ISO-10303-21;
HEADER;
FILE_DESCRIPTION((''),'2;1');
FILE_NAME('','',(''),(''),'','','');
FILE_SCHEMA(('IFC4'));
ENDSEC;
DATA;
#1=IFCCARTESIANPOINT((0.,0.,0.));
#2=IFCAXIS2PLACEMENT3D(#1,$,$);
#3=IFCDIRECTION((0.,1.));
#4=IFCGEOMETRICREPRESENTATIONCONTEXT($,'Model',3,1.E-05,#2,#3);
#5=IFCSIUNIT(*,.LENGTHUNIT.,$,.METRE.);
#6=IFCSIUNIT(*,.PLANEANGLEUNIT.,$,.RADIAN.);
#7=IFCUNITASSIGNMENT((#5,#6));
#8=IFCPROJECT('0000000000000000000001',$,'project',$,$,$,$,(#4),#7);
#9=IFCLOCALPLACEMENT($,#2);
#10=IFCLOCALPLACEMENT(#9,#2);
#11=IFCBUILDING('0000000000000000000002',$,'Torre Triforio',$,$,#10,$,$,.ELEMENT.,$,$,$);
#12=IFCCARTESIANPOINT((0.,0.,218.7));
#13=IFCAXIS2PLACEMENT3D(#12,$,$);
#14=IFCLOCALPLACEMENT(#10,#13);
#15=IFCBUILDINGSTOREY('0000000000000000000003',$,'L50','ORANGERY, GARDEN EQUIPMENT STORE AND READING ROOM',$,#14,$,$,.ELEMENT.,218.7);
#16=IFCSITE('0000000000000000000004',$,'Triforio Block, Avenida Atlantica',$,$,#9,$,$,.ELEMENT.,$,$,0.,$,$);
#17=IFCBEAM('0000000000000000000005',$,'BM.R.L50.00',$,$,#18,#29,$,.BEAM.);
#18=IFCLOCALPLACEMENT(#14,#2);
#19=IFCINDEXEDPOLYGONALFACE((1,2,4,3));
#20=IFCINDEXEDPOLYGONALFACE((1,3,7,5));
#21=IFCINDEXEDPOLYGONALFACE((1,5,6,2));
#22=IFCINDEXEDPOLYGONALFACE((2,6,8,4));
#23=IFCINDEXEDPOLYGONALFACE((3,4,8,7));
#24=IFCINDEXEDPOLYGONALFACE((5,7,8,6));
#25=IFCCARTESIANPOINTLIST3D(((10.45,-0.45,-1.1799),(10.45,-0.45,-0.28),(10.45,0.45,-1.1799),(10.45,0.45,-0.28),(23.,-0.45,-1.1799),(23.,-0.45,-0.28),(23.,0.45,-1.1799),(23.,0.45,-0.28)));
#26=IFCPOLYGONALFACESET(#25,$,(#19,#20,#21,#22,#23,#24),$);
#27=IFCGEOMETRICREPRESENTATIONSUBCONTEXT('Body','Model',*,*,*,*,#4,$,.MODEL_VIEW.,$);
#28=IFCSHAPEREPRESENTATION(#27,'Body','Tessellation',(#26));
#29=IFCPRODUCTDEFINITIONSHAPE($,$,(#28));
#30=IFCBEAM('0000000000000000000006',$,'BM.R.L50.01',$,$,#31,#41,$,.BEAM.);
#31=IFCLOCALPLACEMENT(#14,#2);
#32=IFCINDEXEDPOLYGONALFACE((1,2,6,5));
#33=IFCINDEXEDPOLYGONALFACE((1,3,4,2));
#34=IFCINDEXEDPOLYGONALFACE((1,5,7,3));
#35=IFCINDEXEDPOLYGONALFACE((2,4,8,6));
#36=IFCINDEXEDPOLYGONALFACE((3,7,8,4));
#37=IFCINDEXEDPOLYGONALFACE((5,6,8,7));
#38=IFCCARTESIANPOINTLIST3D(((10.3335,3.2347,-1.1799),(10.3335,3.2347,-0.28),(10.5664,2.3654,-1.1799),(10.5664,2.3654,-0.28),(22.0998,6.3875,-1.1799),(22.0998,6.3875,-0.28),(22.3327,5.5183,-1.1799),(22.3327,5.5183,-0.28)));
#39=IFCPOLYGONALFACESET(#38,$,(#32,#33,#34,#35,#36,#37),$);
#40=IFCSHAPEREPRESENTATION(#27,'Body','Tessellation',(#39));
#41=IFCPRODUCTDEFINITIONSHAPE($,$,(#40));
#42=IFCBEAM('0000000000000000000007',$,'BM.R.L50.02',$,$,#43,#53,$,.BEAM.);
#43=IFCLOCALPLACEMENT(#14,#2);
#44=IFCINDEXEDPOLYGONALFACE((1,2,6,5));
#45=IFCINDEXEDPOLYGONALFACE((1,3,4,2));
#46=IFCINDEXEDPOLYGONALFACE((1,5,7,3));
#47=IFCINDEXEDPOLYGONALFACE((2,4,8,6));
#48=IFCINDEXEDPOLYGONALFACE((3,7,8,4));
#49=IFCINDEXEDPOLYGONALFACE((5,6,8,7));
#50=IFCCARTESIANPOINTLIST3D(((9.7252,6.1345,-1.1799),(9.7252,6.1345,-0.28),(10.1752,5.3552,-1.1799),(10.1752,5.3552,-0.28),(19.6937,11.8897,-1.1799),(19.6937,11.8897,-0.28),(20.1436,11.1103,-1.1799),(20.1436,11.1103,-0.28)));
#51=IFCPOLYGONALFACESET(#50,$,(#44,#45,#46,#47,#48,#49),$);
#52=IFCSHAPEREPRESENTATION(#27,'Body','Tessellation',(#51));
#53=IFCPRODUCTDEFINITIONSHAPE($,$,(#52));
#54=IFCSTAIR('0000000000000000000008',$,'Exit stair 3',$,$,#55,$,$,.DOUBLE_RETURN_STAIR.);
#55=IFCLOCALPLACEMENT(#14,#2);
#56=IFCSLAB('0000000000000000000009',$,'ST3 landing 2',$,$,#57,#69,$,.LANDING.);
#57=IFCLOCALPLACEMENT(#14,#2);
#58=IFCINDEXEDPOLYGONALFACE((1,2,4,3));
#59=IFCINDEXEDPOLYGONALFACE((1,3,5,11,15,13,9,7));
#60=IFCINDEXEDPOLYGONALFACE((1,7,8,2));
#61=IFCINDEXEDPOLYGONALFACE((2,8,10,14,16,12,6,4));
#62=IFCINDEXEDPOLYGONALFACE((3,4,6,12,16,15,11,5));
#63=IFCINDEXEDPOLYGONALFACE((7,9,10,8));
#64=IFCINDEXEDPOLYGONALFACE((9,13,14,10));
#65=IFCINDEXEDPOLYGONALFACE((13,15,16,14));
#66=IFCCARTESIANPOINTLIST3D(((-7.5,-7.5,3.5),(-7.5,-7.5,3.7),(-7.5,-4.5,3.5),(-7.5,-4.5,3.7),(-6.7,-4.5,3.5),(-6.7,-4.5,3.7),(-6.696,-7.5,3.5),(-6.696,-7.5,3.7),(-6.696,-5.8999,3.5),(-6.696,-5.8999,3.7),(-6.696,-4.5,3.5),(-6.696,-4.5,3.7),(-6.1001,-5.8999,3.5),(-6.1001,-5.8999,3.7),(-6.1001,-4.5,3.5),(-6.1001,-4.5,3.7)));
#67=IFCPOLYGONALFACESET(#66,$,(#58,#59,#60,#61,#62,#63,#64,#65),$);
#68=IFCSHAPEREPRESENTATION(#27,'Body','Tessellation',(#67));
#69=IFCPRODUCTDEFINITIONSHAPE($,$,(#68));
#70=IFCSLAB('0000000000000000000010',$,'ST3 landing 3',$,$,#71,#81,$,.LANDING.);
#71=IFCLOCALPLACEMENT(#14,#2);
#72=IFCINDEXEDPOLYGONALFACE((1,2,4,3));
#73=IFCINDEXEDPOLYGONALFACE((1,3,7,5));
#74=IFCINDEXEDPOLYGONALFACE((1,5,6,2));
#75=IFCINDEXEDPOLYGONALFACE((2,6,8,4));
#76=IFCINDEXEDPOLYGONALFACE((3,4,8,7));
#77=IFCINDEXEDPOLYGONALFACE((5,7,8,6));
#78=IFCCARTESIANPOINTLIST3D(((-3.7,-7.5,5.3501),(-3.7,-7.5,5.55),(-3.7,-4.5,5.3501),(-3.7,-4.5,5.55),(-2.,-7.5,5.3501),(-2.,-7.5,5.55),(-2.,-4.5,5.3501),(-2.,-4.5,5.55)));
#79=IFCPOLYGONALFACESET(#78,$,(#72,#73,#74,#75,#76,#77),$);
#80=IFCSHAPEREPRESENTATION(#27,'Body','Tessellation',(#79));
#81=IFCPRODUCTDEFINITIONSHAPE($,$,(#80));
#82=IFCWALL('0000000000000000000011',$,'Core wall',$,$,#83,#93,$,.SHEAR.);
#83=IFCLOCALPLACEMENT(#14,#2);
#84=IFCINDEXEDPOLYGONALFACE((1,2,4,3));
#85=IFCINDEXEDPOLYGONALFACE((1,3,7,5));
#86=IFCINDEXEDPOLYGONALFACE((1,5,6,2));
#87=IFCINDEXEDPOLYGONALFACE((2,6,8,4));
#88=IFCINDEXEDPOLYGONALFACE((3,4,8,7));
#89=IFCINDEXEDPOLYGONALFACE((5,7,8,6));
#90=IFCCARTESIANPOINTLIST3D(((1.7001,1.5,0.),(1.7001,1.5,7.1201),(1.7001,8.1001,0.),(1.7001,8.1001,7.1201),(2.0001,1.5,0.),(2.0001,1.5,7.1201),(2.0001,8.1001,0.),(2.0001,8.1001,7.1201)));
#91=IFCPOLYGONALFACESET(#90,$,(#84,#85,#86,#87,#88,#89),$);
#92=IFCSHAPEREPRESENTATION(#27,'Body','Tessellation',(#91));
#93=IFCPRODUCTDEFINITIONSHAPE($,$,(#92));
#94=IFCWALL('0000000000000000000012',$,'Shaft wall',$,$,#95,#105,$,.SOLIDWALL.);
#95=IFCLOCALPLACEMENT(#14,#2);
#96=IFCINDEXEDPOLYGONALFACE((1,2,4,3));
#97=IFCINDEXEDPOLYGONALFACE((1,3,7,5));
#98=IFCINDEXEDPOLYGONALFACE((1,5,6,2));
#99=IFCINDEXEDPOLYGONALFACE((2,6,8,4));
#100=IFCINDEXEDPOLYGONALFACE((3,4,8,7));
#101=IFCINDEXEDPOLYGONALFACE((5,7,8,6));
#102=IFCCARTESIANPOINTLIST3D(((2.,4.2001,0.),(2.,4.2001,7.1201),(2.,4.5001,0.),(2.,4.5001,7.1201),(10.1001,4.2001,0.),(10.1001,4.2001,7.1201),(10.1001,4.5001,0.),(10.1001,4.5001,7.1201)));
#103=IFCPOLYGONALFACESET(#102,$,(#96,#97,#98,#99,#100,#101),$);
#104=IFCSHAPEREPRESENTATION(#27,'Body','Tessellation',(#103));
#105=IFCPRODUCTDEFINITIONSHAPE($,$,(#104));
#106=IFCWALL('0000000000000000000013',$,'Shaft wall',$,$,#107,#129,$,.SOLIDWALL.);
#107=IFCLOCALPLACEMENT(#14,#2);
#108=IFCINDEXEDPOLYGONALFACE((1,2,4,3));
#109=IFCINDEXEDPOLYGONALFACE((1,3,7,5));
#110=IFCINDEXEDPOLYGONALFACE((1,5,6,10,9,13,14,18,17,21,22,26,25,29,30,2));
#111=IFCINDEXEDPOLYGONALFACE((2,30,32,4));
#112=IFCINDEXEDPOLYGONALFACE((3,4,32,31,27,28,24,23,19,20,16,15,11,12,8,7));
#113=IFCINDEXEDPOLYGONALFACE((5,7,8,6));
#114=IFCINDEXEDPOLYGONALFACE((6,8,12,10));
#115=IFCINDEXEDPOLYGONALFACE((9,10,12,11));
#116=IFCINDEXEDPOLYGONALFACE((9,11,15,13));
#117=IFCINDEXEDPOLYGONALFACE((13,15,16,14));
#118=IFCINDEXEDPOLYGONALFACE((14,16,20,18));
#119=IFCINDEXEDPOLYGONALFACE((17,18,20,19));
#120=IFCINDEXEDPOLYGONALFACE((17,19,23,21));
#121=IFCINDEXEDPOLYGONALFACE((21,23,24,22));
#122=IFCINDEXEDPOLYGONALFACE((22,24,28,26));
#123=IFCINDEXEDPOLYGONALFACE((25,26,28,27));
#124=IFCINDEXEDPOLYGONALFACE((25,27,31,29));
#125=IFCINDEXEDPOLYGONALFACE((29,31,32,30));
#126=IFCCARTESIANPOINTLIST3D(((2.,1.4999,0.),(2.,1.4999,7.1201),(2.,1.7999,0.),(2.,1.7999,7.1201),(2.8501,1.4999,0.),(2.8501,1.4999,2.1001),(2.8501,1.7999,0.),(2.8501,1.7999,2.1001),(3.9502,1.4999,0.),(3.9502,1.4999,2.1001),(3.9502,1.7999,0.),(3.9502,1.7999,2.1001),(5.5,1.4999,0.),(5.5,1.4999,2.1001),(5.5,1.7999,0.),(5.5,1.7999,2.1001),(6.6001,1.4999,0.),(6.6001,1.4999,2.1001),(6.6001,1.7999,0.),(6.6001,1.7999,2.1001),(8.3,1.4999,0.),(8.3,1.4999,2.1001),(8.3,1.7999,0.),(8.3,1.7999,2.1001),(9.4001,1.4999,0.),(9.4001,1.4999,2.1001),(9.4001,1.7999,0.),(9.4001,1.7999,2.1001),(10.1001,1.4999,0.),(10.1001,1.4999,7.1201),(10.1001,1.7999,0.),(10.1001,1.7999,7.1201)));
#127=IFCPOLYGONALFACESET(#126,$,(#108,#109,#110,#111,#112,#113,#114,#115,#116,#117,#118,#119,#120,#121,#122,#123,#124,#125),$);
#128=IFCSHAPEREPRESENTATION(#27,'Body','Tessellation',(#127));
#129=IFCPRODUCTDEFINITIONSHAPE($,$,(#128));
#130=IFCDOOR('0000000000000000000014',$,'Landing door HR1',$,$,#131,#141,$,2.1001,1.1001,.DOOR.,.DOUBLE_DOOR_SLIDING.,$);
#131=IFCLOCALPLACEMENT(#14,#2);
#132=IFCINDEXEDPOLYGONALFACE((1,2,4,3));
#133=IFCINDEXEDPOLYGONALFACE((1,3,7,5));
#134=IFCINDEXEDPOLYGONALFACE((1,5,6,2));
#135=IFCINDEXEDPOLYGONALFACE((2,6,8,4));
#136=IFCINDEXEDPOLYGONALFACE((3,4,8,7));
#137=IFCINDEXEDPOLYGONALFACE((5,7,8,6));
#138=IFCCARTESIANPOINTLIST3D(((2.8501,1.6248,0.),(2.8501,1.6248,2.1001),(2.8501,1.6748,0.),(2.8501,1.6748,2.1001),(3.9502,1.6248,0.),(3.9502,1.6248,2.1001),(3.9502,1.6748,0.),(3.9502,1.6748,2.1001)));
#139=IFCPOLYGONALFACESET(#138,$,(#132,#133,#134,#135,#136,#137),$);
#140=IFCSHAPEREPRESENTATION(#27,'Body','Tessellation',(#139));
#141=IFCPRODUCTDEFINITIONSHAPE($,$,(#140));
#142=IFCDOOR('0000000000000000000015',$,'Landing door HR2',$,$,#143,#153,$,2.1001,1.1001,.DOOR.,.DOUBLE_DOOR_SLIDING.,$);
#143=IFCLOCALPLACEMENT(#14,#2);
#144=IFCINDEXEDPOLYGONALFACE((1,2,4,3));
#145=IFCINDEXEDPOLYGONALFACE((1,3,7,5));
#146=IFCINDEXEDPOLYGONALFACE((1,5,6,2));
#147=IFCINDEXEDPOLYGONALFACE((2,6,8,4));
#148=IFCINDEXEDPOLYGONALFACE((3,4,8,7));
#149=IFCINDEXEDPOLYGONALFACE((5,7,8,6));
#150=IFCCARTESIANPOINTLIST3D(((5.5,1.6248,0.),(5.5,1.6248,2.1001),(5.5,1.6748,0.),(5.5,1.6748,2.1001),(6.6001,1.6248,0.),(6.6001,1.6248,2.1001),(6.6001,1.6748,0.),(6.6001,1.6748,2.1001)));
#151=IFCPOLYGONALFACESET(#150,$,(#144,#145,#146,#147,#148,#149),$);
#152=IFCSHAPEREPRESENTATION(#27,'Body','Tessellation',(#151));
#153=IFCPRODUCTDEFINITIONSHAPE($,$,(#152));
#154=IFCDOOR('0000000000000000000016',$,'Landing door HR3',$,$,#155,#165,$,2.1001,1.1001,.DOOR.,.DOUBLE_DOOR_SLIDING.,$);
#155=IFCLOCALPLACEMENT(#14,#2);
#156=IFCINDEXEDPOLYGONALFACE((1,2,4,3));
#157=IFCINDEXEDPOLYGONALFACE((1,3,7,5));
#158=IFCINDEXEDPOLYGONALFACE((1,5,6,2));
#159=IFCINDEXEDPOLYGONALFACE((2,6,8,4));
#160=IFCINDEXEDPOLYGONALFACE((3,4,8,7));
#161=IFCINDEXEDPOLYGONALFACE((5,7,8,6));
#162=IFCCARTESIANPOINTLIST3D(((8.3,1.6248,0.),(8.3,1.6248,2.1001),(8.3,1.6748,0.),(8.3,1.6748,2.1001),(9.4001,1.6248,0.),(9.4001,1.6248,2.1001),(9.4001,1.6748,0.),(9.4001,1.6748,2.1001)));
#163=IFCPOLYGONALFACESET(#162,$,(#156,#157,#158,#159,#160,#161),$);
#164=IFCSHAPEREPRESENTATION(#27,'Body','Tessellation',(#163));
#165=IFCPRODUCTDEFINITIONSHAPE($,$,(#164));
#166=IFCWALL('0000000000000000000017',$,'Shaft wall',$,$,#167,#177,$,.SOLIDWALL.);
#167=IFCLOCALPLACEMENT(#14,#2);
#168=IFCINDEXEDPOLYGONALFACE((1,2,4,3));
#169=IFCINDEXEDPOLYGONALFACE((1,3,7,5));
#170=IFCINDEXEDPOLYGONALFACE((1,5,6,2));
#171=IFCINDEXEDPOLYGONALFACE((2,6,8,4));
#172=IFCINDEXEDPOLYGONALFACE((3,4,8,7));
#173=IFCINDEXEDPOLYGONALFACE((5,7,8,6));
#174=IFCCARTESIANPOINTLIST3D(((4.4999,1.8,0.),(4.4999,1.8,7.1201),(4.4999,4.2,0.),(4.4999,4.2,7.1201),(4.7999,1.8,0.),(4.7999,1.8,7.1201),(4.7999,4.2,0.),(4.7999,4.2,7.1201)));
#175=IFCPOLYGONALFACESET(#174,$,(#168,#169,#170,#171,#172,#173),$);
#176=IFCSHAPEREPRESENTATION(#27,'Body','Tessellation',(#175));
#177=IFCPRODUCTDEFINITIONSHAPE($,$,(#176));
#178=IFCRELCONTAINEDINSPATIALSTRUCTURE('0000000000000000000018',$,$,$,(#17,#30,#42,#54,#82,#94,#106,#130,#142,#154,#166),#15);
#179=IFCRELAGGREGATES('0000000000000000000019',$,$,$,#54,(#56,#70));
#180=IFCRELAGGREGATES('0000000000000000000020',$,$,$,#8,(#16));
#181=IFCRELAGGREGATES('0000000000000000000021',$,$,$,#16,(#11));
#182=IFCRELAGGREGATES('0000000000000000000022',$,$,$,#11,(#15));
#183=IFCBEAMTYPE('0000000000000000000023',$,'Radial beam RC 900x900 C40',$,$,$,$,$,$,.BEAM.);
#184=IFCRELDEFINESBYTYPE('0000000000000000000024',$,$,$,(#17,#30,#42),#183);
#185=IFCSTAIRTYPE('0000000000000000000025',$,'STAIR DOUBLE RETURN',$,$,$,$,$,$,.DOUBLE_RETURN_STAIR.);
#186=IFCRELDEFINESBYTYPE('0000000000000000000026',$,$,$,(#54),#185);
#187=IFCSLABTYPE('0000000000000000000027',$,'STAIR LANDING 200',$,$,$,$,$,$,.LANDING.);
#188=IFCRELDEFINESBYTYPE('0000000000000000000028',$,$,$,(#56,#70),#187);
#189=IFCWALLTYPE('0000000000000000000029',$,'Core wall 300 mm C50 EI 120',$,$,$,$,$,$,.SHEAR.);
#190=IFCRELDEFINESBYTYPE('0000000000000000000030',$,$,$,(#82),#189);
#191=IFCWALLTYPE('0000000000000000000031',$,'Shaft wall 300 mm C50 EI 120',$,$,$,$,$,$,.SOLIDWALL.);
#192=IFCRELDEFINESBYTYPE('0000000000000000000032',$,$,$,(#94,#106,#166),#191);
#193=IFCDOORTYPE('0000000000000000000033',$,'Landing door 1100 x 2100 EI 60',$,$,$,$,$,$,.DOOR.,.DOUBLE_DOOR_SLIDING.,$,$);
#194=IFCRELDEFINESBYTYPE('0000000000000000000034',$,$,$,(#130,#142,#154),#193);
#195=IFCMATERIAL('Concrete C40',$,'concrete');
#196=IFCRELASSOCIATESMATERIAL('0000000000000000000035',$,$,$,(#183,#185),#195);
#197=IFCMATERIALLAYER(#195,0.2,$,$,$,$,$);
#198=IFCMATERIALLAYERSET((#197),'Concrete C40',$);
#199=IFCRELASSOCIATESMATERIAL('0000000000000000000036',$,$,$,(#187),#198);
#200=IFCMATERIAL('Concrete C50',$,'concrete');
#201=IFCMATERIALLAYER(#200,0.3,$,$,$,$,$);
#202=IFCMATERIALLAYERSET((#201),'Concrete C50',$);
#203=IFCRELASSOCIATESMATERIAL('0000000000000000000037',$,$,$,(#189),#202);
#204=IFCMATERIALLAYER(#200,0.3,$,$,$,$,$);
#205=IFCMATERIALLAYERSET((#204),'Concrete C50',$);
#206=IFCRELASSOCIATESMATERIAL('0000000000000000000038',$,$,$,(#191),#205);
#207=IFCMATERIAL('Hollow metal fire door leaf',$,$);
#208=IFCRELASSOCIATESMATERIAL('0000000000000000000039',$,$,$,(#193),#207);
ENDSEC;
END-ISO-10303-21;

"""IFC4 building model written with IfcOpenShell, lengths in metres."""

from ifc_helpers import new_model, si_unit, direction, frame, frame_2d, origin, origin_2d, place, context, subcontext, project, spatial, polyline, rectangle, outline, extrude, material, layer, layer_set, material_profile, profile_set, type_object, element, fill, aggregate, save


model = new_model("IFC4")

# Units and contexts
model_context = context("Model", 3, precision=1e-05, world=origin(), true_north=direction((0.0, 1.0)))
body_context = subcontext(model_context, "Body", "Model", "MODEL_VIEW")
ifc_project = project(units=[si_unit("LENGTHUNIT", "METRE"), si_unit("PLANEANGLEUNIT", "RADIAN")], contexts=[model_context])

# Site, building, storey
site_placement = place(None, origin())
site = spatial("IfcSite", under=ifc_project, at=site_placement, Name="Triforio Block, Avenida Atlantica", CompositionType="ELEMENT", RefElevation=0.0)
building_placement = place(site_placement, origin())
building = spatial("IfcBuilding", under=site, at=building_placement, Name="Torre Triforio", CompositionType="ELEMENT")
storey_placement = place(building_placement, frame((0.0, 0.0, 218.7)))
storey = spatial("IfcBuildingStorey", under=building, at=storey_placement, Name="L50", Description="ORANGERY, GARDEN EQUIPMENT STORE AND READING ROOM", CompositionType="ELEMENT", Elevation=218.7)

# Beams
ifc_material_1 = material(Name="Concrete C40", Category="concrete")
ifc_material_profile = material_profile(ifc_material_1, rectangle(XDim=0.8999, YDim=0.8999, at=origin_2d()), Name="RC 900x900")
ifc_profile_set = profile_set([ifc_material_profile], Name="Concrete C40")
beam_type = type_object("IfcBeamType", Name="Radial beam RC 900x900 C40", PredefinedType="BEAM", material=ifc_profile_set)
beam_1_placement = place(storey_placement, frame((10.45, 0.0, -0.73), z_axis=(1.0, 0.0, 0.0), x_axis=(0.0, 1.0, 0.0)))
element("IfcBeam", 1, at=beam_1_placement, inside=storey, type_object=beam_type, Name="BM.R.L50.00", PredefinedType="BEAM", context=body_context, shape_type="SweptSolid", body=[
    extrude(rectangle(XDim=0.8999, YDim=0.8999, at=origin_2d()), origin(), (0.0, 0.0, 1.0), 12.55),
])
beam_2_placement = place(storey_placement, frame((10.45, 2.8, -0.73), z_axis=(0.965925, 0.258823, 0.0), x_axis=(-0.258823, 0.965925, 0.0)))
element("IfcBeam", 2, at=beam_2_placement, inside=storey, type_object=beam_type, Name="BM.R.L50.01", PredefinedType="BEAM", context=body_context, shape_type="SweptSolid", body=[
    extrude(rectangle(XDim=0.8999, YDim=0.8999, at=origin_2d()), origin(), (0.0, 0.0, 1.0), 12.1814),
])
beam_3_placement = place(storey_placement, frame((9.9502, 5.7449, -0.73), z_axis=(0.866033, 0.499987, 0.0), x_axis=(-0.499987, 0.866033, 0.0)))
element("IfcBeam", 3, at=beam_3_placement, inside=storey, type_object=beam_type, Name="BM.R.L50.02", PredefinedType="BEAM", context=body_context, shape_type="SweptSolid", body=[
    extrude(rectangle(XDim=0.8999, YDim=0.8999, at=origin_2d()), origin(), (0.0, 0.0, 1.0), 11.5105),
])

# Stair, slabs
stair_type = type_object("IfcStairType", Name="STAIR DOUBLE RETURN", PredefinedType="DOUBLE_RETURN_STAIR", material=ifc_material_1)
stair_1_placement = place(storey_placement, origin())
stair_1 = element("IfcStair", 4, at=stair_1_placement, inside=storey, type_object=stair_type, Name="Exit stair 3", PredefinedType="DOUBLE_RETURN_STAIR")
ifc_layer_1 = layer(ifc_material_1, 0.2)
ifc_layer_set_1 = layer_set([ifc_layer_1], Name="Concrete C40")
slab_type = type_object("IfcSlabType", Name="STAIR LANDING 200", PredefinedType="LANDING", material=ifc_layer_set_1)
slab_1_placement = place(storey_placement, frame((0.0, 0.0, 3.5)))
slab_1 = element("IfcSlab", 5, at=slab_1_placement, type_object=slab_type, Name="ST3 landing 2", PredefinedType="LANDING", context=body_context, shape_type="SweptSolid", body=[
    extrude(outline(polyline([(-6.696, -7.5), (-7.5, -7.5), (-7.5, -4.5), (-6.7, -4.5), (-6.696, -4.5), (-6.1001, -4.5), (-6.1001, -5.8999), (-6.696, -5.8999), (-6.696, -7.5)])), origin(), (0.0, 0.0, 1.0), 0.2),
])
slab_2_placement = place(storey_placement, frame((0.0, 0.0, 5.3501)))
slab_2 = element("IfcSlab", 6, at=slab_2_placement, type_object=slab_type, Name="ST3 landing 3", PredefinedType="LANDING", context=body_context, shape_type="SweptSolid", body=[
    extrude(outline(polyline([(-2.0, -7.5), (-2.0, -4.5), (-3.7, -4.5), (-3.7, -7.5), (-2.0, -7.5)])), origin(), (0.0, 0.0, 1.0), 0.2),
])
aggregate(stair_1, [slab_1, slab_2])

# Walls
ifc_material_2 = material(Name="Concrete C50", Category="concrete")
ifc_layer_2 = layer(ifc_material_2, 0.3)
ifc_layer_set_2 = layer_set([ifc_layer_2], Name="Concrete C50")
wall_type_1 = type_object("IfcWallType", Name="Core wall 300 mm C50 EI 120", PredefinedType="SHEAR", material=ifc_layer_set_2)
wall_1_placement = place(storey_placement, frame((1.8501, 1.5, 0.0), z_axis=(0.0, 0.0, 1.0), x_axis=(0.0, 1.0, 0.0)))
element("IfcWall", 7, at=wall_1_placement, inside=storey, type_object=wall_type_1, Name="Core wall", PredefinedType="SHEAR", context=body_context, shape_type="SweptSolid", body=[
    extrude(rectangle(XDim=6.6001, YDim=0.3, at=frame_2d((3.3, 0.0))), origin(), (0.0, 0.0, 1.0), 7.1201),
])
ifc_layer_3 = layer(ifc_material_2, 0.3)
ifc_layer_set_3 = layer_set([ifc_layer_3], Name="Concrete C50")
wall_type_2 = type_object("IfcWallType", Name="Shaft wall 300 mm C50 EI 120", PredefinedType="SOLIDWALL", material=ifc_layer_set_3)
wall_2_placement = place(storey_placement, frame((2.0, 4.3501, 0.0), z_axis=(0.0, 0.0, 1.0), x_axis=(1.0, 0.0, 0.0)))
element("IfcWall", 8, at=wall_2_placement, inside=storey, type_object=wall_type_2, Name="Shaft wall", PredefinedType="SOLIDWALL", context=body_context, shape_type="SweptSolid", body=[
    extrude(rectangle(XDim=8.1001, YDim=0.3, at=frame_2d((4.05, 0.0))), origin(), (0.0, 0.0, 1.0), 7.1201),
])

# Wall, openings, doors
wall_3_placement = place(storey_placement, frame((2.0, 1.6499, 0.0), z_axis=(0.0, 0.0, 1.0), x_axis=(1.0, 0.0, 0.0)))
wall_3 = element("IfcWall", 9, at=wall_3_placement, inside=storey, type_object=wall_type_2, Name="Shaft wall", PredefinedType="SOLIDWALL", context=body_context, shape_type="SweptSolid", body=[
    extrude(rectangle(XDim=8.1001, YDim=0.3, at=frame_2d((4.05, 0.0))), origin(), (0.0, 0.0, 1.0), 7.1201),
])
opening_1_placement = place(wall_3_placement, frame((0.8501, 0.0, 0.0)))
opening_1 = element("IfcOpeningElement", 10, at=opening_1_placement, cuts=wall_3, PredefinedType="OPENING", context=body_context, shape_type="SweptSolid", body=[
    extrude(rectangle(XDim=1.1001, YDim=2.1001, at=frame_2d((0.55, 1.05))), frame((0.0, 0.1599, 0.0), z_axis=(0.0, -1.0, 0.0), x_axis=(1.0, 0.0, 0.0)), (0.0, 0.0, 1.0), 0.3201),
])
opening_2_placement = place(wall_3_placement, frame((3.5, 0.0, 0.0)))
opening_2 = element("IfcOpeningElement", 11, at=opening_2_placement, cuts=wall_3, PredefinedType="OPENING", context=body_context, shape_type="SweptSolid", body=[
    extrude(rectangle(XDim=1.1001, YDim=2.1001, at=frame_2d((0.55, 1.05))), frame((0.0, 0.1599, 0.0), z_axis=(0.0, -1.0, 0.0), x_axis=(1.0, 0.0, 0.0)), (0.0, 0.0, 1.0), 0.3201),
])
opening_3_placement = place(wall_3_placement, frame((6.3, 0.0, 0.0)))
opening_3 = element("IfcOpeningElement", 12, at=opening_3_placement, cuts=wall_3, PredefinedType="OPENING", context=body_context, shape_type="SweptSolid", body=[
    extrude(rectangle(XDim=1.1001, YDim=2.1001, at=frame_2d((0.55, 1.05))), frame((0.0, 0.1599, 0.0), z_axis=(0.0, -1.0, 0.0), x_axis=(1.0, 0.0, 0.0)), (0.0, 0.0, 1.0), 0.3201),
])
ifc_material_3 = material(Name="Hollow metal fire door leaf")
door_type_1 = type_object("IfcDoorType", Name="Landing door 1100 x 2100 EI 60", OperationType="DOUBLE_DOOR_SLIDING", PredefinedType="DOOR", material=ifc_material_3)
door_1_placement = place(opening_1_placement, origin())
door_1 = element("IfcDoor", 13, at=door_1_placement, inside=storey, type_object=door_type_1, Name="Landing door HR1", OperationType="DOUBLE_DOOR_SLIDING", OverallHeight=2.1001, OverallWidth=1.1001, PredefinedType="DOOR", context=body_context, shape_type="SweptSolid", body=[
    extrude(rectangle(XDim=1.1001, YDim=2.1001, at=frame_2d((0.55, 1.05))), frame((0.0, 0.0249, 0.0), z_axis=(0.0, -1.0, 0.0), x_axis=(1.0, 0.0, 0.0)), (0.0, 0.0, 1.0), 0.05),
])
fill(opening_1, door_1)
door_2_placement = place(opening_2_placement, origin())
door_2 = element("IfcDoor", 14, at=door_2_placement, inside=storey, type_object=door_type_1, Name="Landing door HR2", OperationType="DOUBLE_DOOR_SLIDING", OverallHeight=2.1001, OverallWidth=1.1001, PredefinedType="DOOR", context=body_context, shape_type="SweptSolid", body=[
    extrude(rectangle(XDim=1.1001, YDim=2.1001, at=frame_2d((0.55, 1.05))), frame((0.0, 0.0249, 0.0), z_axis=(0.0, -1.0, 0.0), x_axis=(1.0, 0.0, 0.0)), (0.0, 0.0, 1.0), 0.05),
])
fill(opening_2, door_2)
door_3_placement = place(opening_3_placement, origin())
door_3 = element("IfcDoor", 15, at=door_3_placement, inside=storey, type_object=door_type_1, Name="Landing door HR3", OperationType="DOUBLE_DOOR_SLIDING", OverallHeight=2.1001, OverallWidth=1.1001, PredefinedType="DOOR", context=body_context, shape_type="SweptSolid", body=[
    extrude(rectangle(XDim=1.1001, YDim=2.1001, at=frame_2d((0.55, 1.05))), frame((0.0, 0.0249, 0.0), z_axis=(0.0, -1.0, 0.0), x_axis=(1.0, 0.0, 0.0)), (0.0, 0.0, 1.0), 0.05),
])
fill(opening_3, door_3)

# Wall
for number, where, z_axis, x_axis, name in (
    (16, (4.6499, 1.8, 0.0), (0.0, 0.0, 1.0), (0.0, 1.0, 0.0), "Shaft wall"),
):
    element("IfcWall", number, at=place(storey_placement, frame(where, z_axis=z_axis, x_axis=x_axis)), inside=storey, type_object=wall_type_2, Name=name, PredefinedType="SOLIDWALL", context=body_context, shape_type="SweptSolid", body=[
        extrude(rectangle(XDim=2.3999, YDim=0.3, at=frame_2d((1.2, 0.0))), origin(), (0.0, 0.0, 1.0), 7.1201),
    ])

save(model, "model.ifc")
